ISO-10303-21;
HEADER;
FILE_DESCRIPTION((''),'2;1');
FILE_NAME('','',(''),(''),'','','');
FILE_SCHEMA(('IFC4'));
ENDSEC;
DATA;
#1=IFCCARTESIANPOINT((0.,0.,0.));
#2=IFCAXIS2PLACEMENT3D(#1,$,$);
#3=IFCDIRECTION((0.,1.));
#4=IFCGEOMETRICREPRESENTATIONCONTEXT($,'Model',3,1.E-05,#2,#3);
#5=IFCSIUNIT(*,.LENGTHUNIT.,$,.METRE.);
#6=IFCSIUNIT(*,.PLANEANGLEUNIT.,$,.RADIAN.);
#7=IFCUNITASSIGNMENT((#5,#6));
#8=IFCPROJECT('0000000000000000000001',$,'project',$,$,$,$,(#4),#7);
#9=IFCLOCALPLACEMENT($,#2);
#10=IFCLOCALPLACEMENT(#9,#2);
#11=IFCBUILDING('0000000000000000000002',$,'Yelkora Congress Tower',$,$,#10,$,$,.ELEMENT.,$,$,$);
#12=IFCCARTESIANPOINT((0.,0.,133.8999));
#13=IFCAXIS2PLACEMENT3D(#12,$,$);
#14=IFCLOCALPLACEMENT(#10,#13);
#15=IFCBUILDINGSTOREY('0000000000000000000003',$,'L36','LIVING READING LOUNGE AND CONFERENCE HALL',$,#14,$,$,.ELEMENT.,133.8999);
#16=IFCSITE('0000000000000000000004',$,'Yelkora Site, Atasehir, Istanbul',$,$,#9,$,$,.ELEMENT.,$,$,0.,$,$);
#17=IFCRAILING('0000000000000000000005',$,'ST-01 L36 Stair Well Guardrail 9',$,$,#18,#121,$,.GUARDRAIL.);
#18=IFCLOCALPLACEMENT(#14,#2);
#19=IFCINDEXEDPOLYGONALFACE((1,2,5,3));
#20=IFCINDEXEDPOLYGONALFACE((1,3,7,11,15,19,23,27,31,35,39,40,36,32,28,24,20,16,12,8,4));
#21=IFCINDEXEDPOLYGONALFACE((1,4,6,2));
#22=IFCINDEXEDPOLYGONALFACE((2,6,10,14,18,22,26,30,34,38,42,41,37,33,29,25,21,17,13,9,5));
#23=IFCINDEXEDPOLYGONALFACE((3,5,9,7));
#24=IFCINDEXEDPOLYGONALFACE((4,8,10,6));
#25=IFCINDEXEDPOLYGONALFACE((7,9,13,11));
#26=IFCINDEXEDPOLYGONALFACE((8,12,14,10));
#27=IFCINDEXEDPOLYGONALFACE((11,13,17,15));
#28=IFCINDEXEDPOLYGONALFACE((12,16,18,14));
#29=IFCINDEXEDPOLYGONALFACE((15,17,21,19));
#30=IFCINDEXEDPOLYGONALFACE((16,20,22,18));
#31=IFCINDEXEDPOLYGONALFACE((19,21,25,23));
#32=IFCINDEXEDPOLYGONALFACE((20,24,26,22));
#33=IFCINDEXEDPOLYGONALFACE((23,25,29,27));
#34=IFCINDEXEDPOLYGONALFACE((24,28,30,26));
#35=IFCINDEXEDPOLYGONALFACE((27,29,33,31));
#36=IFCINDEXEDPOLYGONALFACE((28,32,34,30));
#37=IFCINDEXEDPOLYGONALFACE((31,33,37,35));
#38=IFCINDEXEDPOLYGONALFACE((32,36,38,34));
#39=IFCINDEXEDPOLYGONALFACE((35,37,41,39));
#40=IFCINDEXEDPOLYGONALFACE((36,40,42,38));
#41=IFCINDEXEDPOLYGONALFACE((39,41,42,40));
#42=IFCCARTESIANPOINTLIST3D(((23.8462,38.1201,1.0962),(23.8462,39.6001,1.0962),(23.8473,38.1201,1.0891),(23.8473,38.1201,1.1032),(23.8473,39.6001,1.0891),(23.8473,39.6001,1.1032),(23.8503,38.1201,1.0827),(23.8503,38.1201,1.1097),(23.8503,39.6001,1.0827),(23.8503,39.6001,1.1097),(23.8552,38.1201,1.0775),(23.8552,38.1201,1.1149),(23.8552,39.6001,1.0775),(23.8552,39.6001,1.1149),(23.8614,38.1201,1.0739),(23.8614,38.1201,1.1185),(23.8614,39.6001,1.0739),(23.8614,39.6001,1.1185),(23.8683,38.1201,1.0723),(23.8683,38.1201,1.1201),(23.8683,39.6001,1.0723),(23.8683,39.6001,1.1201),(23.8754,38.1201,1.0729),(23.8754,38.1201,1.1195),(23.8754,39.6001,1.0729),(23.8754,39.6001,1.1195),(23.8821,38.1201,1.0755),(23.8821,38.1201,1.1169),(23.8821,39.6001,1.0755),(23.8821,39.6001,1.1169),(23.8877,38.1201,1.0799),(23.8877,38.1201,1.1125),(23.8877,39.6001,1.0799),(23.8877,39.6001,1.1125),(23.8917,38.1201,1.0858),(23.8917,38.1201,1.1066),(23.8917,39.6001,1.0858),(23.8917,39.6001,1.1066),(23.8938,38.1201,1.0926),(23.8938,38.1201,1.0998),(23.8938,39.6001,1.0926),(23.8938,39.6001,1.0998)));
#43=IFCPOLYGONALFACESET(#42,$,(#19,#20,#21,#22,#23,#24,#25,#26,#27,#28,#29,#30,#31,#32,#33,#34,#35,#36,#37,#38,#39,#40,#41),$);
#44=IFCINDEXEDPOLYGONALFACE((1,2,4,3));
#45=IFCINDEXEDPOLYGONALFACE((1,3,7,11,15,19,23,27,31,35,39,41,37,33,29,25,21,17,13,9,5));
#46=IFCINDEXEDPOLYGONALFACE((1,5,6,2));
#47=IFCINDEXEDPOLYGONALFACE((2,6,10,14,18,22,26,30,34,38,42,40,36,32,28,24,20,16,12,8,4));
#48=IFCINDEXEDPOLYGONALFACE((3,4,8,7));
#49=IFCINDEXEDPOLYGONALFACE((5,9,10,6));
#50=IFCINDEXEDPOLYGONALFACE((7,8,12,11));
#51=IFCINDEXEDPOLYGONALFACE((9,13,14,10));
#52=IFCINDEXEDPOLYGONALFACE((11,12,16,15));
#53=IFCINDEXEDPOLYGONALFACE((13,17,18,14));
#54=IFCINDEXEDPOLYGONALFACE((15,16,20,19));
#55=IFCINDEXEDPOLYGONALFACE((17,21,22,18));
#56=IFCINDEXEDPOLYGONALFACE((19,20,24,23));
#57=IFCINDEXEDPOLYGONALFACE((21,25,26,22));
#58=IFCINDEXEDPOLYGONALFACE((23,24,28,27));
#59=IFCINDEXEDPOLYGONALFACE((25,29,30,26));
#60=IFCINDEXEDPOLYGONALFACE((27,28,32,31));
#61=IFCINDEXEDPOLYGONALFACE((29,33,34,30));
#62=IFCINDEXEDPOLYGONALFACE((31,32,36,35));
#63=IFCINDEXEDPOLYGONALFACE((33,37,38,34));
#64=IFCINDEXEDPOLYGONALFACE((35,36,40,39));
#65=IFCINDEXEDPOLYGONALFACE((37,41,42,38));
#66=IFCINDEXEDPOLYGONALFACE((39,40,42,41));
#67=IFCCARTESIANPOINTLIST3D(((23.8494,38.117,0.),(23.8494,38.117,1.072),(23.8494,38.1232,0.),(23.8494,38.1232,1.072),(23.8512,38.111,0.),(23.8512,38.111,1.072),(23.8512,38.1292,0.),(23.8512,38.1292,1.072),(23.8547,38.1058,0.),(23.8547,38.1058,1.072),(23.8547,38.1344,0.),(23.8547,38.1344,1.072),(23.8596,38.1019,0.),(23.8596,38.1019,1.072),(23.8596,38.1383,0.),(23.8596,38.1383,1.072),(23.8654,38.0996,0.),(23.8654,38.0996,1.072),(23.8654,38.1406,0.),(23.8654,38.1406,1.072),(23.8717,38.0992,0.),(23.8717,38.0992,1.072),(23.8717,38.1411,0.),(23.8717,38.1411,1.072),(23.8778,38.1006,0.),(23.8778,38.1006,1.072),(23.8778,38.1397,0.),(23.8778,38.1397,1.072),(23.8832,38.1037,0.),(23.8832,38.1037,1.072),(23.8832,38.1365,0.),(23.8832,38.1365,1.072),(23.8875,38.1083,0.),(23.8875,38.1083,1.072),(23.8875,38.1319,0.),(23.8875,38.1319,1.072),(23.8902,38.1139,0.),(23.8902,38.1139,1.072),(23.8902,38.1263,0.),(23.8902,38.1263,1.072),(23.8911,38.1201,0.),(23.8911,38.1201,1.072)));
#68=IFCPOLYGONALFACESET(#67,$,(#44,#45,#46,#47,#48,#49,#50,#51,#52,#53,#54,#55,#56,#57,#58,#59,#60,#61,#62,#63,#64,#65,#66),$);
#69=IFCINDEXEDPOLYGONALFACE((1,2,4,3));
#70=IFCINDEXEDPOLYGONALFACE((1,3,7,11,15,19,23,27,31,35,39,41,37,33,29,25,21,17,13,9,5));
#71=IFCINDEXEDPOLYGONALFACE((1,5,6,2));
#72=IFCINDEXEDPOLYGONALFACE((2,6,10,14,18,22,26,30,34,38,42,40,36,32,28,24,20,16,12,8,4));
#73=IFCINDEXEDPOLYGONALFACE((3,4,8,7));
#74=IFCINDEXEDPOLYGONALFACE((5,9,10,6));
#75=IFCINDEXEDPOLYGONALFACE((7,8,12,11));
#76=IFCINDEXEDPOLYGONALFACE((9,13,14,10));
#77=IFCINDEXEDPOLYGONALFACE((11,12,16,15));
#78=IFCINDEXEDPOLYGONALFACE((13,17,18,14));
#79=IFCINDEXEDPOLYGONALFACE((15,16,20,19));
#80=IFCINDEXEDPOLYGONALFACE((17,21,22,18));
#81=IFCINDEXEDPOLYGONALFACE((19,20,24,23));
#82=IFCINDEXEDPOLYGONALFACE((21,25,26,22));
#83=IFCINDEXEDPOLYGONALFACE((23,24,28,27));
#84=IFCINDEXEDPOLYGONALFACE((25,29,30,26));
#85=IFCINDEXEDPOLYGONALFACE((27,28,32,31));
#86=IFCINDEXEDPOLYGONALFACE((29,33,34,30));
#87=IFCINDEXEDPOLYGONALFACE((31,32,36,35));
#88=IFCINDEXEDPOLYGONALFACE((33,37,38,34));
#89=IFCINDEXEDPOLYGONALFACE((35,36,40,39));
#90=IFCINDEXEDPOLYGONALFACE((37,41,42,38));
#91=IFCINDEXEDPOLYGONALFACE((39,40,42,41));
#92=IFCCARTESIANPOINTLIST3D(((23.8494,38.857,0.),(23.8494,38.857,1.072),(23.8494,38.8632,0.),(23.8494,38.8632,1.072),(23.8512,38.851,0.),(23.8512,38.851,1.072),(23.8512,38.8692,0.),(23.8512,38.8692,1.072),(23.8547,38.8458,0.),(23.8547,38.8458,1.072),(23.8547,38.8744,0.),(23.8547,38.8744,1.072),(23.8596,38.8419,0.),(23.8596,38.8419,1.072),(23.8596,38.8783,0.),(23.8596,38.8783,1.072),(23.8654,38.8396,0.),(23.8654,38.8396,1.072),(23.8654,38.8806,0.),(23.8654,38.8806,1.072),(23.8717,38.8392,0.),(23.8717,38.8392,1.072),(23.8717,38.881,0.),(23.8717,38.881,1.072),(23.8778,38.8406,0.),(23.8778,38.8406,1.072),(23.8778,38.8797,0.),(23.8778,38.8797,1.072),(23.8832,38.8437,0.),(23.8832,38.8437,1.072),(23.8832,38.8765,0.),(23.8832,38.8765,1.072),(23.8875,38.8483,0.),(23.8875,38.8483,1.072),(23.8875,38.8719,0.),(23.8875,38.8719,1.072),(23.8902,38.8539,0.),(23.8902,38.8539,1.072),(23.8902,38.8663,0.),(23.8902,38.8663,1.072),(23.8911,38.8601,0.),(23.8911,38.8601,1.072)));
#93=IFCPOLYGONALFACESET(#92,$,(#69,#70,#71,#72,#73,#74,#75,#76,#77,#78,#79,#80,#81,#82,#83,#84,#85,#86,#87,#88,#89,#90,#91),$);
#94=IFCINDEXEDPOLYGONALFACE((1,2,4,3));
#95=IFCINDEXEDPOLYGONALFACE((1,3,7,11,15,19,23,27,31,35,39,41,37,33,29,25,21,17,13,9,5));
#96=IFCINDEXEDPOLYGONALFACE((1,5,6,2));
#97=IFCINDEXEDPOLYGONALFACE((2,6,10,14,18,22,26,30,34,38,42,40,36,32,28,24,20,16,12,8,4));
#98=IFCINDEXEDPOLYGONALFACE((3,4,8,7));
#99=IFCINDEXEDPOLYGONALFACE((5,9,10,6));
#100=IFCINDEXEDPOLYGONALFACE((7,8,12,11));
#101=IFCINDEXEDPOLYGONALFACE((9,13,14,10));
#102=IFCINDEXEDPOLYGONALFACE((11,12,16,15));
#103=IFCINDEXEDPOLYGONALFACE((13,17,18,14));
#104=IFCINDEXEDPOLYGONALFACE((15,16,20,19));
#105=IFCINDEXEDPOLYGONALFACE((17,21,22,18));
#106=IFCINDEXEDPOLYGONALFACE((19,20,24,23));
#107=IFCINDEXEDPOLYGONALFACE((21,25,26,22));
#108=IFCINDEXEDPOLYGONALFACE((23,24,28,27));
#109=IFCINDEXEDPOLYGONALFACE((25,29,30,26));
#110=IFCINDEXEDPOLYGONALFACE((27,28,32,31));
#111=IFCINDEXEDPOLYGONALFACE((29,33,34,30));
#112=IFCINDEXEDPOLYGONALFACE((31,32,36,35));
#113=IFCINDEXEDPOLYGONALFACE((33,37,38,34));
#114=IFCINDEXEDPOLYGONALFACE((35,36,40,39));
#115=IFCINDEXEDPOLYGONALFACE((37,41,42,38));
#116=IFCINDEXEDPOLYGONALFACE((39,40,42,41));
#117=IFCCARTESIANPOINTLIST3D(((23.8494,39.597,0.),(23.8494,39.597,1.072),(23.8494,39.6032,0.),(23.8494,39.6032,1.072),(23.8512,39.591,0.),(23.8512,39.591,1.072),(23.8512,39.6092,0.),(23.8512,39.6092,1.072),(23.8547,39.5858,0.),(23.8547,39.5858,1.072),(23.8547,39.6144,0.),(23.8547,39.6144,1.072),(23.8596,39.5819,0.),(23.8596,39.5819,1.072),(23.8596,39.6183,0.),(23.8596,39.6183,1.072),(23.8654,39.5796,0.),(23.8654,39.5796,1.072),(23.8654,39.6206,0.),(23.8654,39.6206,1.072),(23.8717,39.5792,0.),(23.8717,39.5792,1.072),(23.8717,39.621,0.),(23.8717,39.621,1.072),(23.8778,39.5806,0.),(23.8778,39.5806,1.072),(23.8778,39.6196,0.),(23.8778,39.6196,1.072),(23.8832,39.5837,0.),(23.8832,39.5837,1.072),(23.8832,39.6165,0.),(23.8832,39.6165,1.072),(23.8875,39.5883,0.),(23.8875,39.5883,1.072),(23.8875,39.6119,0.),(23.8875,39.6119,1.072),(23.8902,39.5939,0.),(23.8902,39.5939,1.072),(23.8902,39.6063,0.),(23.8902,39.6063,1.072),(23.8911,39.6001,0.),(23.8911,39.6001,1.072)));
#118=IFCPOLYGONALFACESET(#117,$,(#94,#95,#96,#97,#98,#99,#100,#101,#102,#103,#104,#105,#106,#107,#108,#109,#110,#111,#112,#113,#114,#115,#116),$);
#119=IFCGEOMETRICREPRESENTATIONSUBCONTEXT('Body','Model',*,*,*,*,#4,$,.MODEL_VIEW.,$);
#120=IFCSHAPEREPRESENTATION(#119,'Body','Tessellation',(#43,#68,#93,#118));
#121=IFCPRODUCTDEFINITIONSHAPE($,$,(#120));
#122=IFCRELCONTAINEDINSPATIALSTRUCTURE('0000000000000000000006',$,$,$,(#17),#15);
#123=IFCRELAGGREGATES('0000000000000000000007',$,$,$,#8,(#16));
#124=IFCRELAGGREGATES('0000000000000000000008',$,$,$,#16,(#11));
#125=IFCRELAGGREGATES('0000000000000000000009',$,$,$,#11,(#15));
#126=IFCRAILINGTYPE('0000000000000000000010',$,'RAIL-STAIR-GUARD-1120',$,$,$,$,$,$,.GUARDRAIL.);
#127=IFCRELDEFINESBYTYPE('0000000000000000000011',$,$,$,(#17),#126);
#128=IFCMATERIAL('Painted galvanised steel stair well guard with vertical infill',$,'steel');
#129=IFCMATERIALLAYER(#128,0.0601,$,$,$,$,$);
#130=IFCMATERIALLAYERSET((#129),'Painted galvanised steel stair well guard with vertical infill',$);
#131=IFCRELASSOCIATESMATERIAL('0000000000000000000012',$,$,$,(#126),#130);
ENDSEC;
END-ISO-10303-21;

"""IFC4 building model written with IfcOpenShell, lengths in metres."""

from ifc_helpers import new_model, si_unit, direction, frame, origin, origin_2d, place, context, subcontext, project, spatial, circle, extrude, material, layer, layer_set, type_object, element, save


model = new_model("IFC4")

# Units and contexts
model_context = context("Model", 3, precision=1e-05, world=origin(), true_north=direction((0.0, 1.0)))
body_context = subcontext(model_context, "Body", "Model", "MODEL_VIEW")
ifc_project = project(units=[si_unit("LENGTHUNIT", "METRE"), si_unit("PLANEANGLEUNIT", "RADIAN")], contexts=[model_context])

# Site, building, storey
site_placement = place(None, origin())
site = spatial("IfcSite", under=ifc_project, at=site_placement, Name="Yelkora Site, Atasehir, Istanbul", CompositionType="ELEMENT", RefElevation=0.0)
building_placement = place(site_placement, origin())
building = spatial("IfcBuilding", under=site, at=building_placement, Name="Yelkora Congress Tower", CompositionType="ELEMENT")
storey_placement = place(building_placement, frame((0.0, 0.0, 133.8999)))
storey = spatial("IfcBuildingStorey", under=building, at=storey_placement, Name="L36", Description="LIVING READING LOUNGE AND CONFERENCE HALL", CompositionType="ELEMENT", Elevation=133.8999)

# Railing
ifc_material_1 = material(Name="Painted galvanised steel stair well guard with vertical infill", Category="steel")
ifc_layer_1 = layer(ifc_material_1, 0.0601)
ifc_layer_set_1 = layer_set([ifc_layer_1], Name="Painted galvanised steel stair well guard with vertical infill")
railing_type_1 = type_object("IfcRailingType", Name="RAIL-STAIR-GUARD-1120", PredefinedType="GUARDRAIL", material=ifc_layer_set_1)
railing_1_placement = place(storey_placement, frame((23.8701, 38.1201, 0.0)))
element("IfcRailing", 1, at=railing_1_placement, inside=storey, type_object=railing_type_1, Name="ST-01 L36 Stair Well Guardrail 9", PredefinedType="GUARDRAIL", context=body_context, shape_type="SweptSolid", body=[
    extrude(circle(Radius=0.0239, at=origin_2d()), frame((0.0, 0.0, 1.0962), z_axis=(0.0, 1.0, 0.0), x_axis=(-1.0, 0.0, 0.0)), (0.0, 0.0, 1.0), 1.48),
    extrude(circle(Radius=0.021, at=origin_2d()), origin(), (0.0, 0.0, 1.0), 1.072),
    extrude(circle(Radius=0.021, at=origin_2d()), frame((0.0, 0.74, 0.0)), (0.0, 0.0, 1.0), 1.072),
    extrude(circle(Radius=0.021, at=origin_2d()), frame((0.0, 1.48, 0.0)), (0.0, 0.0, 1.0), 1.072),
])

save(model, "model.ifc")
